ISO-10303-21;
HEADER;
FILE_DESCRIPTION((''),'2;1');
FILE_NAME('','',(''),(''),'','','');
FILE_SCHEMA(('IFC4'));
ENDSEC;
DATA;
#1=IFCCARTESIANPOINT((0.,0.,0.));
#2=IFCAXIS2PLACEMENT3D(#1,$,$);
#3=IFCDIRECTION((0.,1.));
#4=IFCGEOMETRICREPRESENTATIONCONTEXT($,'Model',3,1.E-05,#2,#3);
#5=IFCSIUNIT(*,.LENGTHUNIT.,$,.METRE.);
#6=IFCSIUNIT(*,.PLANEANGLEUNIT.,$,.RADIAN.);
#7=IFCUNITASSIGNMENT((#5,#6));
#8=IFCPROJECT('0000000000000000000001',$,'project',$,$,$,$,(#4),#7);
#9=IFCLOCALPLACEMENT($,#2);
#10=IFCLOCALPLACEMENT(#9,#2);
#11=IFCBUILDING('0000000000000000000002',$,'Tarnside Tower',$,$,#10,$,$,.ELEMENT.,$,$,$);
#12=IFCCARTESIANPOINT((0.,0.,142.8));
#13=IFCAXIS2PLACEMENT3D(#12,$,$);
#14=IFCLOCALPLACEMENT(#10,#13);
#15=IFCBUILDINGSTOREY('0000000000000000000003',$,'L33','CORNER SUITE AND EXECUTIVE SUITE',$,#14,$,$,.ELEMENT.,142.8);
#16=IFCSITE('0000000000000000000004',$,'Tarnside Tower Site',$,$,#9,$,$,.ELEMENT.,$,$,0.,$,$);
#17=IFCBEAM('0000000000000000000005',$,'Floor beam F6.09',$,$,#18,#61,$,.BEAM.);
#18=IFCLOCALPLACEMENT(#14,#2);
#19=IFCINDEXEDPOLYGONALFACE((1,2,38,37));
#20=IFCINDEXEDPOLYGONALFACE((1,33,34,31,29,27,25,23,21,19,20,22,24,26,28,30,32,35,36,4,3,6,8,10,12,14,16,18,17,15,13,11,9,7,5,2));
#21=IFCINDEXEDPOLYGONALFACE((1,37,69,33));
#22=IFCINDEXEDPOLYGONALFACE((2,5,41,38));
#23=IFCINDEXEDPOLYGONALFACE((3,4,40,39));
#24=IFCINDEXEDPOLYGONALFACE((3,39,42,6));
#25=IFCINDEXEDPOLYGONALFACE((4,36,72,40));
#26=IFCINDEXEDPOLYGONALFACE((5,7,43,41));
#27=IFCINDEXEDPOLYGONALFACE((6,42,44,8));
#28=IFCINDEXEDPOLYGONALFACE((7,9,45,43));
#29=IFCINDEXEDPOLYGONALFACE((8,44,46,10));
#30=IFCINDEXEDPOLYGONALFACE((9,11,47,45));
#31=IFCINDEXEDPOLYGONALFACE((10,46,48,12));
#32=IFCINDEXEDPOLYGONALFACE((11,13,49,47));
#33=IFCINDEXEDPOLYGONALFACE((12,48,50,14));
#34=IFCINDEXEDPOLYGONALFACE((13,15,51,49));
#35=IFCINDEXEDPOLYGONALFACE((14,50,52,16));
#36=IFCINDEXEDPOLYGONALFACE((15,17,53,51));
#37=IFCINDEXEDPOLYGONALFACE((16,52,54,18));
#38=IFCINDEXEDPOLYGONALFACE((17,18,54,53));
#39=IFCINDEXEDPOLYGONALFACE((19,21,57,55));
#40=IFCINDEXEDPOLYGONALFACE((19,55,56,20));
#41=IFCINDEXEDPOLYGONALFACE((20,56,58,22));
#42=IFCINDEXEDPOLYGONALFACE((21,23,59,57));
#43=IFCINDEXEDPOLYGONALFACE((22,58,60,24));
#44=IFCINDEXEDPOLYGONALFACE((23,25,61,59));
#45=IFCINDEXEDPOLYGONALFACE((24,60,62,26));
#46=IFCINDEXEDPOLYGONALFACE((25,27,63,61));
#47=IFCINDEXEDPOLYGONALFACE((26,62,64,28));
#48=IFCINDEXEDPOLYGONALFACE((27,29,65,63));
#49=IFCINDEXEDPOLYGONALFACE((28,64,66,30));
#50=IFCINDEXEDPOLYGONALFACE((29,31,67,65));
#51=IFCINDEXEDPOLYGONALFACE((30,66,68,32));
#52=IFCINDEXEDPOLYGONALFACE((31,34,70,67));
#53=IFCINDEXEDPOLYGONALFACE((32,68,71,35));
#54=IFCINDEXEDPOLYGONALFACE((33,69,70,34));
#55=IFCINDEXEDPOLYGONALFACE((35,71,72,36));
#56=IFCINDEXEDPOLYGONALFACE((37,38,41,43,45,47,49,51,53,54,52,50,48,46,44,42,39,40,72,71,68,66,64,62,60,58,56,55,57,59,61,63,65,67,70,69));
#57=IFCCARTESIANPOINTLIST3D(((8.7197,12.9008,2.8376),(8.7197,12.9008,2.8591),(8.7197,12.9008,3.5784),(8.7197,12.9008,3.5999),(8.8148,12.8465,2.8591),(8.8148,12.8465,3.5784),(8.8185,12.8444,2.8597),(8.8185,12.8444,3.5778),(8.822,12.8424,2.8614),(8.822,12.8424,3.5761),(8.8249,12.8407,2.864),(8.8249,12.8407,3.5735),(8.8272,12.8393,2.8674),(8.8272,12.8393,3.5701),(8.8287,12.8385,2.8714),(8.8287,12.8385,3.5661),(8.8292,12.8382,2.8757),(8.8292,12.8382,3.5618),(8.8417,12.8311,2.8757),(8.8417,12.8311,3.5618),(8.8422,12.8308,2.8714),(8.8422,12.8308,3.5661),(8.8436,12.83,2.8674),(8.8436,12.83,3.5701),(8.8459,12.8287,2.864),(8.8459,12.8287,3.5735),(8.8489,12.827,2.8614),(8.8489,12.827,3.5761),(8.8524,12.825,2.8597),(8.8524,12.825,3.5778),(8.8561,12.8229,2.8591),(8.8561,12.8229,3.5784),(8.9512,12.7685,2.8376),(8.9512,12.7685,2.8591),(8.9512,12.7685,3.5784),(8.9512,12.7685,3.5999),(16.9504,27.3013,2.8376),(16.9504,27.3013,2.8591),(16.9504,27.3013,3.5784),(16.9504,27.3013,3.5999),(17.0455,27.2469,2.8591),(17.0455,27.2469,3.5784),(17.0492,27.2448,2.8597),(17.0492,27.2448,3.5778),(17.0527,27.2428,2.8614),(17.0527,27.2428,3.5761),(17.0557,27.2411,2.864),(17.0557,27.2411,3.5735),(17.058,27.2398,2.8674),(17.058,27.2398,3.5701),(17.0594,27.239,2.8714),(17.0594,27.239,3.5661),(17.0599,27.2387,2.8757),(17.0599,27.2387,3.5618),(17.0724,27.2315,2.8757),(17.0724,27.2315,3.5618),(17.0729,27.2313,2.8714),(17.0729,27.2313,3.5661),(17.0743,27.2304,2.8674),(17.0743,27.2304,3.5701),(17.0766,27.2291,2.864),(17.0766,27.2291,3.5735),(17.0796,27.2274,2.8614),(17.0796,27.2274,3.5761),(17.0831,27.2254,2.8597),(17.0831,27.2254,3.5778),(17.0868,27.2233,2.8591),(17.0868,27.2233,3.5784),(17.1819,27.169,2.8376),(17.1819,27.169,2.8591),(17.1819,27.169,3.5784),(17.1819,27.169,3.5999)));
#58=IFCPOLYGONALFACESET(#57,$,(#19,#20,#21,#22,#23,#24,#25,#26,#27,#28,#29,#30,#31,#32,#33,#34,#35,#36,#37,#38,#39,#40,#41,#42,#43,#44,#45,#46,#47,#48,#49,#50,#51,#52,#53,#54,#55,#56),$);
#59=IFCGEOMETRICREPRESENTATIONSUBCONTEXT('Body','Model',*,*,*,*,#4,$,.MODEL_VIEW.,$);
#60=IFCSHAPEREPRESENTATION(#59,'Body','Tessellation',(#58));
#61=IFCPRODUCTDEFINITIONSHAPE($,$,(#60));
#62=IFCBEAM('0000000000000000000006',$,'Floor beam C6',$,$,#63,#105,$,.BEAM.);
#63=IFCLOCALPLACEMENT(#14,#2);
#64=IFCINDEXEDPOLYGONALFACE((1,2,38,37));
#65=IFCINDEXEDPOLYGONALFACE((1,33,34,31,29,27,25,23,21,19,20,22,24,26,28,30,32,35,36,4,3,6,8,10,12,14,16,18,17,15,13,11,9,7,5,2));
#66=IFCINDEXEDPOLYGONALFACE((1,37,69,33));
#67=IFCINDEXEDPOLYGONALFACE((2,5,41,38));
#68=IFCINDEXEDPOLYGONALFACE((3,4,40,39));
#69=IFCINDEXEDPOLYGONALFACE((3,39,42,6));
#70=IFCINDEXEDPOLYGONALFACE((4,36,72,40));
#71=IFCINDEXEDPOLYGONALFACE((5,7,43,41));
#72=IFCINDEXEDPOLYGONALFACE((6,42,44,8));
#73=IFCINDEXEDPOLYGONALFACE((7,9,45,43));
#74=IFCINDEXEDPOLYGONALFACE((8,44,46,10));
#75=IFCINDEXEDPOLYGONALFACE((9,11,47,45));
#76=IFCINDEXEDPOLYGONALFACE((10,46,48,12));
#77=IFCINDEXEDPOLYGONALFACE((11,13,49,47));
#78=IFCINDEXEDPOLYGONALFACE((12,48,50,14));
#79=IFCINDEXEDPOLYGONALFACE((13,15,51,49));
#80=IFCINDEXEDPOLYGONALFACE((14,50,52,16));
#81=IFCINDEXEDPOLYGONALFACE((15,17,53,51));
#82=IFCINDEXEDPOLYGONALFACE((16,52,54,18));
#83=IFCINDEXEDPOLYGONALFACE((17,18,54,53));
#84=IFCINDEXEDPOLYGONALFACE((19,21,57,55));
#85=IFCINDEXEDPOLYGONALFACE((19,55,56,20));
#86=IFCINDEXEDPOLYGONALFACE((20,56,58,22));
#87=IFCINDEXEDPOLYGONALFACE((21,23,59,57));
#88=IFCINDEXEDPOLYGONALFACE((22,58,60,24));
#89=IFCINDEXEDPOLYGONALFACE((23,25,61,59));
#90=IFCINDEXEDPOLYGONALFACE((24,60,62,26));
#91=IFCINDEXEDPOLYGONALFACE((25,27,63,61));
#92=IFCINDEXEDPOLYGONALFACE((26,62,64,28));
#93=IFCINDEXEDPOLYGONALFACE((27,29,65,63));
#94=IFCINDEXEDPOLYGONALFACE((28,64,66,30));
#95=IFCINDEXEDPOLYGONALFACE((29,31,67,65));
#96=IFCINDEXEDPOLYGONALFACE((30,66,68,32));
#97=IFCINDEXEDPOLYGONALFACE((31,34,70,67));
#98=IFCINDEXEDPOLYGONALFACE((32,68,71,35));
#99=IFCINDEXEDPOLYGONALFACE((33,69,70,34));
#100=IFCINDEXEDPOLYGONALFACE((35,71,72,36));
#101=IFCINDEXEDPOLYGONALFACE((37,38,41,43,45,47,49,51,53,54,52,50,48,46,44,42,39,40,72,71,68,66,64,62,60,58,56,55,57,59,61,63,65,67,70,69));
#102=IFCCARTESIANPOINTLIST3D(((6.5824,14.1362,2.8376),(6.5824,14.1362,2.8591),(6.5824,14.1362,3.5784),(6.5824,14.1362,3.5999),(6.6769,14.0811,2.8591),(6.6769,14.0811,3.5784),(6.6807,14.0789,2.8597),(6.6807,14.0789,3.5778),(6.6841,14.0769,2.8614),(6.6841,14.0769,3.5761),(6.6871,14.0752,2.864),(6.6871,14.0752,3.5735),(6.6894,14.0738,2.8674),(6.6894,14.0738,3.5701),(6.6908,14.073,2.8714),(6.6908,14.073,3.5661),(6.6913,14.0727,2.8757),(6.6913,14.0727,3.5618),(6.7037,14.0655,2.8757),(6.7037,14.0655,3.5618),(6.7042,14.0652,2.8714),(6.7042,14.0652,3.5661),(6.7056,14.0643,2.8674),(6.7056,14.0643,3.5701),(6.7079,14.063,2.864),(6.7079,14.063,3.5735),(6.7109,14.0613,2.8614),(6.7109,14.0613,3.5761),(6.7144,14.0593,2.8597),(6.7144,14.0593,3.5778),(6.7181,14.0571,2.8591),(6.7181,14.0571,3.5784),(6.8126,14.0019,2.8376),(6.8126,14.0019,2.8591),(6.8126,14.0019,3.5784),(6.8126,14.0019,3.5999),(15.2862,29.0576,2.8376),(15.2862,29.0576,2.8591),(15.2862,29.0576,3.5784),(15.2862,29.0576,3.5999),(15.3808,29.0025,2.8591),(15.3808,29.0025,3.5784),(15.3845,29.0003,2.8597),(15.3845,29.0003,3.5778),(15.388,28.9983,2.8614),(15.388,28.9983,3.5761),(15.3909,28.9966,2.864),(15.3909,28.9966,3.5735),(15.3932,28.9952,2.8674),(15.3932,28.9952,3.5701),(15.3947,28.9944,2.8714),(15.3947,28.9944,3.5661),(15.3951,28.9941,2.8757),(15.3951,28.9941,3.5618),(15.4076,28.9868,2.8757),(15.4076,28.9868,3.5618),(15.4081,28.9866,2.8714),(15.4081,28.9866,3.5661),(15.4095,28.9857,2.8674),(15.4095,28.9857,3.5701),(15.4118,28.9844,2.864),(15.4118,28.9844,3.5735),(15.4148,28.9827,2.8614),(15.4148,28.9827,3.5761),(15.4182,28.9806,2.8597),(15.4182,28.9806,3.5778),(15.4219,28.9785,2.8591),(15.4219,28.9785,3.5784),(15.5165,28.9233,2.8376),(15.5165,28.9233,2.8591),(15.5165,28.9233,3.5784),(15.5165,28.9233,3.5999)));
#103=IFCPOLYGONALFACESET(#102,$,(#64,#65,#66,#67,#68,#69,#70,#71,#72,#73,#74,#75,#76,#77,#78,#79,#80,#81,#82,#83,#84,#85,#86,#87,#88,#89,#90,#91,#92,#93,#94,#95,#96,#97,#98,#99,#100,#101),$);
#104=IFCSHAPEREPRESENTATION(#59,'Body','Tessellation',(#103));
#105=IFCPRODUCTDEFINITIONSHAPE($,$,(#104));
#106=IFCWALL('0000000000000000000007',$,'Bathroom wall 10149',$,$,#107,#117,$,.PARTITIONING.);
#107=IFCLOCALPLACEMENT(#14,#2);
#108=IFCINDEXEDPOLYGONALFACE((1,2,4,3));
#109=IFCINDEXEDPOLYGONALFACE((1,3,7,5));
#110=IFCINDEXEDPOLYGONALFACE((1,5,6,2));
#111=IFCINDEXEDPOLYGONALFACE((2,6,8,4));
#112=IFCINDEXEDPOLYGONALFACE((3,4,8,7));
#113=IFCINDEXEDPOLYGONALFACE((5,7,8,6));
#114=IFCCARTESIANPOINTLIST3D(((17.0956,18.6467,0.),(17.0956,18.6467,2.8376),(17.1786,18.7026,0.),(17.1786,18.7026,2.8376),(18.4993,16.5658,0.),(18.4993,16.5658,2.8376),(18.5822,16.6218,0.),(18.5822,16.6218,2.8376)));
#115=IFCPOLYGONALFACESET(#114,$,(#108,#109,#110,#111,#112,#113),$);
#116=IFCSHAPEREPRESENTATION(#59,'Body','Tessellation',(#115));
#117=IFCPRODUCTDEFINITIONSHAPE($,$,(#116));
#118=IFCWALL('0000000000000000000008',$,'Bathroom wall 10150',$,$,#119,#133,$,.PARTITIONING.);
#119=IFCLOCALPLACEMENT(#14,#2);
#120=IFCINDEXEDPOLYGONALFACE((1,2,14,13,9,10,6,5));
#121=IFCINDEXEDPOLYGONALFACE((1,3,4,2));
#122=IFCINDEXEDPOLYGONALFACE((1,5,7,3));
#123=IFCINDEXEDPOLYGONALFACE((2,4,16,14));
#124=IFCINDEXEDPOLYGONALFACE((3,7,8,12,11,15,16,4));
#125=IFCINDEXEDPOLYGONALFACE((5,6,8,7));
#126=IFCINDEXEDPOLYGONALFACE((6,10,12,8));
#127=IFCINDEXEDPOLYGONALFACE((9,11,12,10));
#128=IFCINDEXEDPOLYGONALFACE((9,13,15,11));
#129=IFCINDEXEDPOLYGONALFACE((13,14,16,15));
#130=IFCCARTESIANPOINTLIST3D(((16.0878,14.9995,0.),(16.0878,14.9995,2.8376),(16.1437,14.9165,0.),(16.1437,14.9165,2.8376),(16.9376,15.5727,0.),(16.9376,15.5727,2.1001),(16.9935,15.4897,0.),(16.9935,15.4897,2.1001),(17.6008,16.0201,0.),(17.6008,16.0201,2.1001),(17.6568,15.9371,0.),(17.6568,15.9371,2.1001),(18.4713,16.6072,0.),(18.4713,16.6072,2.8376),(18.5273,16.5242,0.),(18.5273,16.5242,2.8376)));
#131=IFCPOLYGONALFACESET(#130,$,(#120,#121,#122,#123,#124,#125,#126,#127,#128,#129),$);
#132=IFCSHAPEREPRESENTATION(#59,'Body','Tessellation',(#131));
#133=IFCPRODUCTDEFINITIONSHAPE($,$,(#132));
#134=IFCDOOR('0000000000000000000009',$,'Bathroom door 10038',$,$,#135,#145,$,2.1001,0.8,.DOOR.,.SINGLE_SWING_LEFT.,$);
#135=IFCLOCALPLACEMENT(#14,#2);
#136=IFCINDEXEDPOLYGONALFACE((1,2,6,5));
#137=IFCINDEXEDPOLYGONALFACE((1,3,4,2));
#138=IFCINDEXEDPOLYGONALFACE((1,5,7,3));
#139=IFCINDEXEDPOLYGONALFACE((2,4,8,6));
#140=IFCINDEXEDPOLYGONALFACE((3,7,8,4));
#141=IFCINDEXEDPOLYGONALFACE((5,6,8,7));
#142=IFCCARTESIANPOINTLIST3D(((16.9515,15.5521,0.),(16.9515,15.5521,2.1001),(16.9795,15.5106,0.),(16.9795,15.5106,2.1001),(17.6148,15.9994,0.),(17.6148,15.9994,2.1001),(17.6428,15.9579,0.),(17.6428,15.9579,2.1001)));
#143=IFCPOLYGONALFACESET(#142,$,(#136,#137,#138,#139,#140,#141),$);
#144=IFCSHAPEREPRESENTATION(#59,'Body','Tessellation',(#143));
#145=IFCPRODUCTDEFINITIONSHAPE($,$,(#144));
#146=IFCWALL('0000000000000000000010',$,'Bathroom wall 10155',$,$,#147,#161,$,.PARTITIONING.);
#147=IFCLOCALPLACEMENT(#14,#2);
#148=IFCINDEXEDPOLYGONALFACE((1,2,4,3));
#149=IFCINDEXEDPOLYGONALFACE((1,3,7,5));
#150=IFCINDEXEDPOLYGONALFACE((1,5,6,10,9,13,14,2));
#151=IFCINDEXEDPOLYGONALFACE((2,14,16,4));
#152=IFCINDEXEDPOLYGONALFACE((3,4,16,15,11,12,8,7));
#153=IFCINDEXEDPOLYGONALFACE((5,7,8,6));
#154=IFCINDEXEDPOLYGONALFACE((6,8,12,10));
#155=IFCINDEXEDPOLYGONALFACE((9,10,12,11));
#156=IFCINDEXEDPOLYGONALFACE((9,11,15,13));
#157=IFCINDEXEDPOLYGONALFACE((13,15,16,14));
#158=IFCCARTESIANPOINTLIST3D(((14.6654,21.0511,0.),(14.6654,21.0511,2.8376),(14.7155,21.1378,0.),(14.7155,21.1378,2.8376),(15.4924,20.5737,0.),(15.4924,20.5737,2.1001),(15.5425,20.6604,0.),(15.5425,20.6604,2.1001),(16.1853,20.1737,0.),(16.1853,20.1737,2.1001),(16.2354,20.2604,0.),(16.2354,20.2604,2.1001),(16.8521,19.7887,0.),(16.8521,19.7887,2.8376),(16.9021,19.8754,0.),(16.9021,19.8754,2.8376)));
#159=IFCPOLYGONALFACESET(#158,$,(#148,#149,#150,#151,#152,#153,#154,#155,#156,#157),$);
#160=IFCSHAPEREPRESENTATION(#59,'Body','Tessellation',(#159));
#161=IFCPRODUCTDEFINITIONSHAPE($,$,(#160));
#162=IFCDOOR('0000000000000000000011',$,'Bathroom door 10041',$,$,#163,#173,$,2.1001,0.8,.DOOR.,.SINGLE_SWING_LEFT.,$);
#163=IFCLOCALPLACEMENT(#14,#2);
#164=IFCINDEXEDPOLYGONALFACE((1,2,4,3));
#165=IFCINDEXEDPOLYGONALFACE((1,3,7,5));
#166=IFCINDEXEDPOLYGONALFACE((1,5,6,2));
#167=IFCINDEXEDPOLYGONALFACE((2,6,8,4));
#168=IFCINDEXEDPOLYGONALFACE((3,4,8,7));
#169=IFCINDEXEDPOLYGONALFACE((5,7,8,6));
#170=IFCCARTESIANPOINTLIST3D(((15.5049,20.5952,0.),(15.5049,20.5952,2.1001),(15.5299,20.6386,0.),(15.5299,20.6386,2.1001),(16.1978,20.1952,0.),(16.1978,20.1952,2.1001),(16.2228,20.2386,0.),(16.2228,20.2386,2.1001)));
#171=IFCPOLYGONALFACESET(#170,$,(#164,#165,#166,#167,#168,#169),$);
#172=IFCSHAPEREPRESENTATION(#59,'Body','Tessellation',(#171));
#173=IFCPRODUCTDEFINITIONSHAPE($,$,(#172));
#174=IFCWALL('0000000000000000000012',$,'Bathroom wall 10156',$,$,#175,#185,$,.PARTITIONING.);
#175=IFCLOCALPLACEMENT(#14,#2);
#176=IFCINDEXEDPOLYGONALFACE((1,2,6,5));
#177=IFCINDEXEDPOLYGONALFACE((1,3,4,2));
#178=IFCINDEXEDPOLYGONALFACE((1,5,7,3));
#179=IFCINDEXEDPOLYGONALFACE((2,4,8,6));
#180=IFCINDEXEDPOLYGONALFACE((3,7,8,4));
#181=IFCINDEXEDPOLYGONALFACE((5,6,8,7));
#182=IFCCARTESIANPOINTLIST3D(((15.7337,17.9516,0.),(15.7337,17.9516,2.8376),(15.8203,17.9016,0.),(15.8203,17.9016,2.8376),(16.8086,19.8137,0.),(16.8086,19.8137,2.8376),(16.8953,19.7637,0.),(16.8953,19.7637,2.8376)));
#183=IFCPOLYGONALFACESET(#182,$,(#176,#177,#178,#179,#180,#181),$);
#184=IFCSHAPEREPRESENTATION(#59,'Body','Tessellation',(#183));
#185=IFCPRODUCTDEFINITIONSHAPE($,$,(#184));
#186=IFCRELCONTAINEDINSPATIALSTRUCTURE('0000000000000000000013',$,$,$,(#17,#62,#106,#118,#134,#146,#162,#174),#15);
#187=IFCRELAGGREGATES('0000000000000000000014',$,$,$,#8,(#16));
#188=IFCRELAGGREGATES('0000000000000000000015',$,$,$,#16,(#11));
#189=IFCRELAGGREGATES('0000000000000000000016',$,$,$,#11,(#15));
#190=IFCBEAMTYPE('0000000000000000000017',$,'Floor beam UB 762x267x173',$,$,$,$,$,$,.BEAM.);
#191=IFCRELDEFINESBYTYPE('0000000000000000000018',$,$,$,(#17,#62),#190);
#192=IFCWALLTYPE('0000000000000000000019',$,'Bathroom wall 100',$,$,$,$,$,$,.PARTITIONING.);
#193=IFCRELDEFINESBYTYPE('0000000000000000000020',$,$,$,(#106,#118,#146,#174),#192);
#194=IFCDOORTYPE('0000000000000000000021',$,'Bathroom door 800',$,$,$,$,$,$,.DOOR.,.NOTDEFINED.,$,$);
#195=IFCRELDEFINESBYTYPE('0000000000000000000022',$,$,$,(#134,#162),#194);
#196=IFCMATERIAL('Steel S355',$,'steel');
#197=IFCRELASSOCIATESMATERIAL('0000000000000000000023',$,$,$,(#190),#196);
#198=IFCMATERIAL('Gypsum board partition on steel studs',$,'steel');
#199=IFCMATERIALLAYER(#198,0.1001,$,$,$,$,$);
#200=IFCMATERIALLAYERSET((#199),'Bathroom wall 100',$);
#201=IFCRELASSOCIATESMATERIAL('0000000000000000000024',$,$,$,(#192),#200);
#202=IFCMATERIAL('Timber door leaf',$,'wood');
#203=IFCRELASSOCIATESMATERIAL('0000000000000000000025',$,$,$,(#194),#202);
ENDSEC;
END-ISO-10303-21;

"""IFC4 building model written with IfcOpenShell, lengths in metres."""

from ifc_helpers import new_model, si_unit, direction, frame, frame_2d, origin, origin_2d, place, context, subcontext, project, spatial, rectangle, i_section, extrude, material, layer, layer_set, material_profile, profile_set, type_object, element, fill, save


model = new_model("IFC4")

# Units and contexts
model_context = context("Model", 3, precision=1e-05, world=origin(), true_north=direction((0.0, 1.0)))
body_context = subcontext(model_context, "Body", "Model", "MODEL_VIEW")
ifc_project = project(units=[si_unit("LENGTHUNIT", "METRE"), si_unit("PLANEANGLEUNIT", "RADIAN")], contexts=[model_context])

# Site, building, storey
site_placement = place(None, origin())
site = spatial("IfcSite", under=ifc_project, at=site_placement, Name="Tarnside Tower Site", CompositionType="ELEMENT", RefElevation=0.0)
building_placement = place(site_placement, origin())
building = spatial("IfcBuilding", under=site, at=building_placement, Name="Tarnside Tower", CompositionType="ELEMENT")
storey_placement = place(building_placement, frame((0.0, 0.0, 142.8)))
storey = spatial("IfcBuildingStorey", under=building, at=storey_placement, Name="L33", Description="CORNER SUITE AND EXECUTIVE SUITE", CompositionType="ELEMENT", Elevation=142.8)

# Beams
ifc_material_1 = material(Name="Steel S355", Category="steel")
ifc_material_profile_1 = material_profile(ifc_material_1, i_section(OverallWidth=0.2666, OverallDepth=0.7622, WebThickness=0.0144, FlangeThickness=0.0215, FilletRadius=0.0166, at=origin_2d()), Name="UB 762x267x173")
ifc_profile_set_1 = profile_set([ifc_material_profile_1], Name="Steel S355")
beam_type_1 = type_object("IfcBeamType", Name="Floor beam UB 762x267x173", PredefinedType="BEAM", material=ifc_profile_set_1)
beam_1_placement = place(storey_placement, frame((17.0662, 27.2351, 3.2188), z_axis=(-0.496226, -0.868193, 0.0), x_axis=(0.868193, -0.496226, 0.0)))
element("IfcBeam", 1, at=beam_1_placement, inside=storey, type_object=beam_type_1, Name="Floor beam F6.09", PredefinedType="BEAM", context=body_context, shape_type="SweptSolid", body=[
    extrude(i_section(OverallWidth=0.2666, OverallDepth=0.7622, WebThickness=0.0144, FlangeThickness=0.0215, FilletRadius=0.0166, at=origin_2d()), origin(), (0.0, 0.0, 1.0), 16.5867),
])
beam_2_placement = place(storey_placement, frame((15.4014, 28.9905, 3.2188), z_axis=(-0.503859, -0.863786, 0.0), x_axis=(0.863786, -0.503859, 0.0)))
element("IfcBeam", 2, at=beam_2_placement, inside=storey, type_object=beam_type_1, Name="Floor beam C6", PredefinedType="BEAM", context=body_context, shape_type="SweptSolid", body=[
    extrude(i_section(OverallWidth=0.2666, OverallDepth=0.7622, WebThickness=0.0144, FlangeThickness=0.0215, FilletRadius=0.0166, at=origin_2d()), origin(), (0.0, 0.0, 1.0), 17.2744),
])

# Wall
ifc_material_2 = material(Name="Gypsum board partition on steel studs", Category="steel")
ifc_layer_1 = layer(ifc_material_2, 0.1001)
ifc_layer_set_1 = layer_set([ifc_layer_1], Name="Bathroom wall 100")
wall_type_1 = type_object("IfcWallType", Name="Bathroom wall 100", PredefinedType="PARTITIONING", material=ifc_layer_set_1)
wall_1_placement = place(storey_placement, frame((17.1372, 18.6746, 0.0), z_axis=(0.0, 0.0, 1.0), x_axis=(0.559204, -0.82903, 0.0)))
element("IfcWall", 3, at=wall_1_placement, inside=storey, type_object=wall_type_1, Name="Bathroom wall 10149", PredefinedType="PARTITIONING", context=body_context, shape_type="SweptSolid", body=[
    extrude(rectangle(XDim=2.51, YDim=0.1001, at=frame_2d((1.2549, 0.0))), origin(), (0.0, 0.0, 1.0), 2.8376),
])

# Walls, openings, doors
wall_2_placement = place(storey_placement, frame((18.4993, 16.5657, 0.0), z_axis=(0.0, 0.0, 1.0), x_axis=(-0.829046, -0.55918, 0.0)))
wall_2 = element("IfcWall", 4, at=wall_2_placement, inside=storey, type_object=wall_type_1, Name="Bathroom wall 10150", PredefinedType="PARTITIONING", context=body_context, shape_type="SweptSolid", body=[
    extrude(rectangle(XDim=2.875, YDim=0.1001, at=frame_2d((1.4375, 0.0))), origin(), (0.0, 0.0, 1.0), 2.8376),
])
opening_1_placement = place(wall_2_placement, frame((1.05, 0.0, 0.0)))
opening_1 = element("IfcOpeningElement", 5, at=opening_1_placement, cuts=wall_2, PredefinedType="OPENING", context=body_context, shape_type="SweptSolid", body=[
    extrude(rectangle(XDim=0.8, YDim=2.1001, at=frame_2d((0.3999, 1.05))), frame((0.0, 0.0601, 0.0), z_axis=(0.0, -1.0, 0.0), x_axis=(1.0, 0.0, 0.0)), (0.0, 0.0, 1.0), 0.1201),
])
ifc_material_3 = material(Name="Timber door leaf", Category="wood")
door_type_1 = type_object("IfcDoorType", Name="Bathroom door 800", OperationType="NOTDEFINED", PredefinedType="DOOR", material=ifc_material_3)
door_1_placement = place(opening_1_placement, origin())
door_1 = element("IfcDoor", 6, at=door_1_placement, inside=storey, type_object=door_type_1, Name="Bathroom door 10038", OperationType="SINGLE_SWING_LEFT", OverallHeight=2.1001, OverallWidth=0.8, PredefinedType="DOOR", context=body_context, shape_type="SweptSolid", body=[
    extrude(rectangle(XDim=0.8, YDim=2.1001, at=frame_2d((0.3999, 1.05))), frame((0.0, 0.0249, 0.0), z_axis=(0.0, -1.0, 0.0), x_axis=(1.0, 0.0, 0.0)), (0.0, 0.0, 1.0), 0.05),
])
fill(opening_1, door_1)
wall_3_placement = place(storey_placement, frame((14.6904, 21.0945, 0.0), z_axis=(0.0, 0.0, 1.0), x_axis=(0.866039, -0.499976, 0.0)))
wall_3 = element("IfcWall", 7, at=wall_3_placement, inside=storey, type_object=wall_type_1, Name="Bathroom wall 10155", PredefinedType="PARTITIONING", context=body_context, shape_type="SweptSolid", body=[
    extrude(rectangle(XDim=2.5249, YDim=0.1001, at=frame_2d((1.2625, 0.0))), origin(), (0.0, 0.0, 1.0), 2.8376),
])
opening_2_placement = place(wall_3_placement, frame((0.9551, 0.0, 0.0)))
opening_2 = element("IfcOpeningElement", 8, at=opening_2_placement, cuts=wall_3, PredefinedType="OPENING", context=body_context, shape_type="SweptSolid", body=[
    extrude(rectangle(XDim=0.8, YDim=2.1001, at=frame_2d((0.3999, 1.05))), frame((0.0, 0.0601, 0.0), z_axis=(0.0, -1.0, 0.0), x_axis=(1.0, 0.0, 0.0)), (0.0, 0.0, 1.0), 0.1201),
])
door_2_placement = place(opening_2_placement, origin())
door_2 = element("IfcDoor", 9, at=door_2_placement, inside=storey, type_object=door_type_1, Name="Bathroom door 10041", OperationType="SINGLE_SWING_LEFT", OverallHeight=2.1001, OverallWidth=0.8, PredefinedType="DOOR", context=body_context, shape_type="SweptSolid", body=[
    extrude(rectangle(XDim=0.8, YDim=2.1001, at=frame_2d((0.3999, 1.05))), frame((0.0, 0.0249, 0.0), z_axis=(0.0, -1.0, 0.0), x_axis=(1.0, 0.0, 0.0)), (0.0, 0.0, 1.0), 0.05),
])
fill(opening_2, door_2)

# Wall
wall_4_placement = place(storey_placement, frame((16.8521, 19.7888, 0.0), z_axis=(0.0, 0.0, 1.0), x_axis=(-0.499962, -0.866048, 0.0)))
element("IfcWall", 10, at=wall_4_placement, inside=storey, type_object=wall_type_1, Name="Bathroom wall 10156", PredefinedType="PARTITIONING", context=body_context, shape_type="SweptSolid", body=[
    extrude(rectangle(XDim=2.1501, YDim=0.1001, at=frame_2d((1.0752, 0.0))), origin(), (0.0, 0.0, 1.0), 2.8376),
])

save(model, "model.ifc")
